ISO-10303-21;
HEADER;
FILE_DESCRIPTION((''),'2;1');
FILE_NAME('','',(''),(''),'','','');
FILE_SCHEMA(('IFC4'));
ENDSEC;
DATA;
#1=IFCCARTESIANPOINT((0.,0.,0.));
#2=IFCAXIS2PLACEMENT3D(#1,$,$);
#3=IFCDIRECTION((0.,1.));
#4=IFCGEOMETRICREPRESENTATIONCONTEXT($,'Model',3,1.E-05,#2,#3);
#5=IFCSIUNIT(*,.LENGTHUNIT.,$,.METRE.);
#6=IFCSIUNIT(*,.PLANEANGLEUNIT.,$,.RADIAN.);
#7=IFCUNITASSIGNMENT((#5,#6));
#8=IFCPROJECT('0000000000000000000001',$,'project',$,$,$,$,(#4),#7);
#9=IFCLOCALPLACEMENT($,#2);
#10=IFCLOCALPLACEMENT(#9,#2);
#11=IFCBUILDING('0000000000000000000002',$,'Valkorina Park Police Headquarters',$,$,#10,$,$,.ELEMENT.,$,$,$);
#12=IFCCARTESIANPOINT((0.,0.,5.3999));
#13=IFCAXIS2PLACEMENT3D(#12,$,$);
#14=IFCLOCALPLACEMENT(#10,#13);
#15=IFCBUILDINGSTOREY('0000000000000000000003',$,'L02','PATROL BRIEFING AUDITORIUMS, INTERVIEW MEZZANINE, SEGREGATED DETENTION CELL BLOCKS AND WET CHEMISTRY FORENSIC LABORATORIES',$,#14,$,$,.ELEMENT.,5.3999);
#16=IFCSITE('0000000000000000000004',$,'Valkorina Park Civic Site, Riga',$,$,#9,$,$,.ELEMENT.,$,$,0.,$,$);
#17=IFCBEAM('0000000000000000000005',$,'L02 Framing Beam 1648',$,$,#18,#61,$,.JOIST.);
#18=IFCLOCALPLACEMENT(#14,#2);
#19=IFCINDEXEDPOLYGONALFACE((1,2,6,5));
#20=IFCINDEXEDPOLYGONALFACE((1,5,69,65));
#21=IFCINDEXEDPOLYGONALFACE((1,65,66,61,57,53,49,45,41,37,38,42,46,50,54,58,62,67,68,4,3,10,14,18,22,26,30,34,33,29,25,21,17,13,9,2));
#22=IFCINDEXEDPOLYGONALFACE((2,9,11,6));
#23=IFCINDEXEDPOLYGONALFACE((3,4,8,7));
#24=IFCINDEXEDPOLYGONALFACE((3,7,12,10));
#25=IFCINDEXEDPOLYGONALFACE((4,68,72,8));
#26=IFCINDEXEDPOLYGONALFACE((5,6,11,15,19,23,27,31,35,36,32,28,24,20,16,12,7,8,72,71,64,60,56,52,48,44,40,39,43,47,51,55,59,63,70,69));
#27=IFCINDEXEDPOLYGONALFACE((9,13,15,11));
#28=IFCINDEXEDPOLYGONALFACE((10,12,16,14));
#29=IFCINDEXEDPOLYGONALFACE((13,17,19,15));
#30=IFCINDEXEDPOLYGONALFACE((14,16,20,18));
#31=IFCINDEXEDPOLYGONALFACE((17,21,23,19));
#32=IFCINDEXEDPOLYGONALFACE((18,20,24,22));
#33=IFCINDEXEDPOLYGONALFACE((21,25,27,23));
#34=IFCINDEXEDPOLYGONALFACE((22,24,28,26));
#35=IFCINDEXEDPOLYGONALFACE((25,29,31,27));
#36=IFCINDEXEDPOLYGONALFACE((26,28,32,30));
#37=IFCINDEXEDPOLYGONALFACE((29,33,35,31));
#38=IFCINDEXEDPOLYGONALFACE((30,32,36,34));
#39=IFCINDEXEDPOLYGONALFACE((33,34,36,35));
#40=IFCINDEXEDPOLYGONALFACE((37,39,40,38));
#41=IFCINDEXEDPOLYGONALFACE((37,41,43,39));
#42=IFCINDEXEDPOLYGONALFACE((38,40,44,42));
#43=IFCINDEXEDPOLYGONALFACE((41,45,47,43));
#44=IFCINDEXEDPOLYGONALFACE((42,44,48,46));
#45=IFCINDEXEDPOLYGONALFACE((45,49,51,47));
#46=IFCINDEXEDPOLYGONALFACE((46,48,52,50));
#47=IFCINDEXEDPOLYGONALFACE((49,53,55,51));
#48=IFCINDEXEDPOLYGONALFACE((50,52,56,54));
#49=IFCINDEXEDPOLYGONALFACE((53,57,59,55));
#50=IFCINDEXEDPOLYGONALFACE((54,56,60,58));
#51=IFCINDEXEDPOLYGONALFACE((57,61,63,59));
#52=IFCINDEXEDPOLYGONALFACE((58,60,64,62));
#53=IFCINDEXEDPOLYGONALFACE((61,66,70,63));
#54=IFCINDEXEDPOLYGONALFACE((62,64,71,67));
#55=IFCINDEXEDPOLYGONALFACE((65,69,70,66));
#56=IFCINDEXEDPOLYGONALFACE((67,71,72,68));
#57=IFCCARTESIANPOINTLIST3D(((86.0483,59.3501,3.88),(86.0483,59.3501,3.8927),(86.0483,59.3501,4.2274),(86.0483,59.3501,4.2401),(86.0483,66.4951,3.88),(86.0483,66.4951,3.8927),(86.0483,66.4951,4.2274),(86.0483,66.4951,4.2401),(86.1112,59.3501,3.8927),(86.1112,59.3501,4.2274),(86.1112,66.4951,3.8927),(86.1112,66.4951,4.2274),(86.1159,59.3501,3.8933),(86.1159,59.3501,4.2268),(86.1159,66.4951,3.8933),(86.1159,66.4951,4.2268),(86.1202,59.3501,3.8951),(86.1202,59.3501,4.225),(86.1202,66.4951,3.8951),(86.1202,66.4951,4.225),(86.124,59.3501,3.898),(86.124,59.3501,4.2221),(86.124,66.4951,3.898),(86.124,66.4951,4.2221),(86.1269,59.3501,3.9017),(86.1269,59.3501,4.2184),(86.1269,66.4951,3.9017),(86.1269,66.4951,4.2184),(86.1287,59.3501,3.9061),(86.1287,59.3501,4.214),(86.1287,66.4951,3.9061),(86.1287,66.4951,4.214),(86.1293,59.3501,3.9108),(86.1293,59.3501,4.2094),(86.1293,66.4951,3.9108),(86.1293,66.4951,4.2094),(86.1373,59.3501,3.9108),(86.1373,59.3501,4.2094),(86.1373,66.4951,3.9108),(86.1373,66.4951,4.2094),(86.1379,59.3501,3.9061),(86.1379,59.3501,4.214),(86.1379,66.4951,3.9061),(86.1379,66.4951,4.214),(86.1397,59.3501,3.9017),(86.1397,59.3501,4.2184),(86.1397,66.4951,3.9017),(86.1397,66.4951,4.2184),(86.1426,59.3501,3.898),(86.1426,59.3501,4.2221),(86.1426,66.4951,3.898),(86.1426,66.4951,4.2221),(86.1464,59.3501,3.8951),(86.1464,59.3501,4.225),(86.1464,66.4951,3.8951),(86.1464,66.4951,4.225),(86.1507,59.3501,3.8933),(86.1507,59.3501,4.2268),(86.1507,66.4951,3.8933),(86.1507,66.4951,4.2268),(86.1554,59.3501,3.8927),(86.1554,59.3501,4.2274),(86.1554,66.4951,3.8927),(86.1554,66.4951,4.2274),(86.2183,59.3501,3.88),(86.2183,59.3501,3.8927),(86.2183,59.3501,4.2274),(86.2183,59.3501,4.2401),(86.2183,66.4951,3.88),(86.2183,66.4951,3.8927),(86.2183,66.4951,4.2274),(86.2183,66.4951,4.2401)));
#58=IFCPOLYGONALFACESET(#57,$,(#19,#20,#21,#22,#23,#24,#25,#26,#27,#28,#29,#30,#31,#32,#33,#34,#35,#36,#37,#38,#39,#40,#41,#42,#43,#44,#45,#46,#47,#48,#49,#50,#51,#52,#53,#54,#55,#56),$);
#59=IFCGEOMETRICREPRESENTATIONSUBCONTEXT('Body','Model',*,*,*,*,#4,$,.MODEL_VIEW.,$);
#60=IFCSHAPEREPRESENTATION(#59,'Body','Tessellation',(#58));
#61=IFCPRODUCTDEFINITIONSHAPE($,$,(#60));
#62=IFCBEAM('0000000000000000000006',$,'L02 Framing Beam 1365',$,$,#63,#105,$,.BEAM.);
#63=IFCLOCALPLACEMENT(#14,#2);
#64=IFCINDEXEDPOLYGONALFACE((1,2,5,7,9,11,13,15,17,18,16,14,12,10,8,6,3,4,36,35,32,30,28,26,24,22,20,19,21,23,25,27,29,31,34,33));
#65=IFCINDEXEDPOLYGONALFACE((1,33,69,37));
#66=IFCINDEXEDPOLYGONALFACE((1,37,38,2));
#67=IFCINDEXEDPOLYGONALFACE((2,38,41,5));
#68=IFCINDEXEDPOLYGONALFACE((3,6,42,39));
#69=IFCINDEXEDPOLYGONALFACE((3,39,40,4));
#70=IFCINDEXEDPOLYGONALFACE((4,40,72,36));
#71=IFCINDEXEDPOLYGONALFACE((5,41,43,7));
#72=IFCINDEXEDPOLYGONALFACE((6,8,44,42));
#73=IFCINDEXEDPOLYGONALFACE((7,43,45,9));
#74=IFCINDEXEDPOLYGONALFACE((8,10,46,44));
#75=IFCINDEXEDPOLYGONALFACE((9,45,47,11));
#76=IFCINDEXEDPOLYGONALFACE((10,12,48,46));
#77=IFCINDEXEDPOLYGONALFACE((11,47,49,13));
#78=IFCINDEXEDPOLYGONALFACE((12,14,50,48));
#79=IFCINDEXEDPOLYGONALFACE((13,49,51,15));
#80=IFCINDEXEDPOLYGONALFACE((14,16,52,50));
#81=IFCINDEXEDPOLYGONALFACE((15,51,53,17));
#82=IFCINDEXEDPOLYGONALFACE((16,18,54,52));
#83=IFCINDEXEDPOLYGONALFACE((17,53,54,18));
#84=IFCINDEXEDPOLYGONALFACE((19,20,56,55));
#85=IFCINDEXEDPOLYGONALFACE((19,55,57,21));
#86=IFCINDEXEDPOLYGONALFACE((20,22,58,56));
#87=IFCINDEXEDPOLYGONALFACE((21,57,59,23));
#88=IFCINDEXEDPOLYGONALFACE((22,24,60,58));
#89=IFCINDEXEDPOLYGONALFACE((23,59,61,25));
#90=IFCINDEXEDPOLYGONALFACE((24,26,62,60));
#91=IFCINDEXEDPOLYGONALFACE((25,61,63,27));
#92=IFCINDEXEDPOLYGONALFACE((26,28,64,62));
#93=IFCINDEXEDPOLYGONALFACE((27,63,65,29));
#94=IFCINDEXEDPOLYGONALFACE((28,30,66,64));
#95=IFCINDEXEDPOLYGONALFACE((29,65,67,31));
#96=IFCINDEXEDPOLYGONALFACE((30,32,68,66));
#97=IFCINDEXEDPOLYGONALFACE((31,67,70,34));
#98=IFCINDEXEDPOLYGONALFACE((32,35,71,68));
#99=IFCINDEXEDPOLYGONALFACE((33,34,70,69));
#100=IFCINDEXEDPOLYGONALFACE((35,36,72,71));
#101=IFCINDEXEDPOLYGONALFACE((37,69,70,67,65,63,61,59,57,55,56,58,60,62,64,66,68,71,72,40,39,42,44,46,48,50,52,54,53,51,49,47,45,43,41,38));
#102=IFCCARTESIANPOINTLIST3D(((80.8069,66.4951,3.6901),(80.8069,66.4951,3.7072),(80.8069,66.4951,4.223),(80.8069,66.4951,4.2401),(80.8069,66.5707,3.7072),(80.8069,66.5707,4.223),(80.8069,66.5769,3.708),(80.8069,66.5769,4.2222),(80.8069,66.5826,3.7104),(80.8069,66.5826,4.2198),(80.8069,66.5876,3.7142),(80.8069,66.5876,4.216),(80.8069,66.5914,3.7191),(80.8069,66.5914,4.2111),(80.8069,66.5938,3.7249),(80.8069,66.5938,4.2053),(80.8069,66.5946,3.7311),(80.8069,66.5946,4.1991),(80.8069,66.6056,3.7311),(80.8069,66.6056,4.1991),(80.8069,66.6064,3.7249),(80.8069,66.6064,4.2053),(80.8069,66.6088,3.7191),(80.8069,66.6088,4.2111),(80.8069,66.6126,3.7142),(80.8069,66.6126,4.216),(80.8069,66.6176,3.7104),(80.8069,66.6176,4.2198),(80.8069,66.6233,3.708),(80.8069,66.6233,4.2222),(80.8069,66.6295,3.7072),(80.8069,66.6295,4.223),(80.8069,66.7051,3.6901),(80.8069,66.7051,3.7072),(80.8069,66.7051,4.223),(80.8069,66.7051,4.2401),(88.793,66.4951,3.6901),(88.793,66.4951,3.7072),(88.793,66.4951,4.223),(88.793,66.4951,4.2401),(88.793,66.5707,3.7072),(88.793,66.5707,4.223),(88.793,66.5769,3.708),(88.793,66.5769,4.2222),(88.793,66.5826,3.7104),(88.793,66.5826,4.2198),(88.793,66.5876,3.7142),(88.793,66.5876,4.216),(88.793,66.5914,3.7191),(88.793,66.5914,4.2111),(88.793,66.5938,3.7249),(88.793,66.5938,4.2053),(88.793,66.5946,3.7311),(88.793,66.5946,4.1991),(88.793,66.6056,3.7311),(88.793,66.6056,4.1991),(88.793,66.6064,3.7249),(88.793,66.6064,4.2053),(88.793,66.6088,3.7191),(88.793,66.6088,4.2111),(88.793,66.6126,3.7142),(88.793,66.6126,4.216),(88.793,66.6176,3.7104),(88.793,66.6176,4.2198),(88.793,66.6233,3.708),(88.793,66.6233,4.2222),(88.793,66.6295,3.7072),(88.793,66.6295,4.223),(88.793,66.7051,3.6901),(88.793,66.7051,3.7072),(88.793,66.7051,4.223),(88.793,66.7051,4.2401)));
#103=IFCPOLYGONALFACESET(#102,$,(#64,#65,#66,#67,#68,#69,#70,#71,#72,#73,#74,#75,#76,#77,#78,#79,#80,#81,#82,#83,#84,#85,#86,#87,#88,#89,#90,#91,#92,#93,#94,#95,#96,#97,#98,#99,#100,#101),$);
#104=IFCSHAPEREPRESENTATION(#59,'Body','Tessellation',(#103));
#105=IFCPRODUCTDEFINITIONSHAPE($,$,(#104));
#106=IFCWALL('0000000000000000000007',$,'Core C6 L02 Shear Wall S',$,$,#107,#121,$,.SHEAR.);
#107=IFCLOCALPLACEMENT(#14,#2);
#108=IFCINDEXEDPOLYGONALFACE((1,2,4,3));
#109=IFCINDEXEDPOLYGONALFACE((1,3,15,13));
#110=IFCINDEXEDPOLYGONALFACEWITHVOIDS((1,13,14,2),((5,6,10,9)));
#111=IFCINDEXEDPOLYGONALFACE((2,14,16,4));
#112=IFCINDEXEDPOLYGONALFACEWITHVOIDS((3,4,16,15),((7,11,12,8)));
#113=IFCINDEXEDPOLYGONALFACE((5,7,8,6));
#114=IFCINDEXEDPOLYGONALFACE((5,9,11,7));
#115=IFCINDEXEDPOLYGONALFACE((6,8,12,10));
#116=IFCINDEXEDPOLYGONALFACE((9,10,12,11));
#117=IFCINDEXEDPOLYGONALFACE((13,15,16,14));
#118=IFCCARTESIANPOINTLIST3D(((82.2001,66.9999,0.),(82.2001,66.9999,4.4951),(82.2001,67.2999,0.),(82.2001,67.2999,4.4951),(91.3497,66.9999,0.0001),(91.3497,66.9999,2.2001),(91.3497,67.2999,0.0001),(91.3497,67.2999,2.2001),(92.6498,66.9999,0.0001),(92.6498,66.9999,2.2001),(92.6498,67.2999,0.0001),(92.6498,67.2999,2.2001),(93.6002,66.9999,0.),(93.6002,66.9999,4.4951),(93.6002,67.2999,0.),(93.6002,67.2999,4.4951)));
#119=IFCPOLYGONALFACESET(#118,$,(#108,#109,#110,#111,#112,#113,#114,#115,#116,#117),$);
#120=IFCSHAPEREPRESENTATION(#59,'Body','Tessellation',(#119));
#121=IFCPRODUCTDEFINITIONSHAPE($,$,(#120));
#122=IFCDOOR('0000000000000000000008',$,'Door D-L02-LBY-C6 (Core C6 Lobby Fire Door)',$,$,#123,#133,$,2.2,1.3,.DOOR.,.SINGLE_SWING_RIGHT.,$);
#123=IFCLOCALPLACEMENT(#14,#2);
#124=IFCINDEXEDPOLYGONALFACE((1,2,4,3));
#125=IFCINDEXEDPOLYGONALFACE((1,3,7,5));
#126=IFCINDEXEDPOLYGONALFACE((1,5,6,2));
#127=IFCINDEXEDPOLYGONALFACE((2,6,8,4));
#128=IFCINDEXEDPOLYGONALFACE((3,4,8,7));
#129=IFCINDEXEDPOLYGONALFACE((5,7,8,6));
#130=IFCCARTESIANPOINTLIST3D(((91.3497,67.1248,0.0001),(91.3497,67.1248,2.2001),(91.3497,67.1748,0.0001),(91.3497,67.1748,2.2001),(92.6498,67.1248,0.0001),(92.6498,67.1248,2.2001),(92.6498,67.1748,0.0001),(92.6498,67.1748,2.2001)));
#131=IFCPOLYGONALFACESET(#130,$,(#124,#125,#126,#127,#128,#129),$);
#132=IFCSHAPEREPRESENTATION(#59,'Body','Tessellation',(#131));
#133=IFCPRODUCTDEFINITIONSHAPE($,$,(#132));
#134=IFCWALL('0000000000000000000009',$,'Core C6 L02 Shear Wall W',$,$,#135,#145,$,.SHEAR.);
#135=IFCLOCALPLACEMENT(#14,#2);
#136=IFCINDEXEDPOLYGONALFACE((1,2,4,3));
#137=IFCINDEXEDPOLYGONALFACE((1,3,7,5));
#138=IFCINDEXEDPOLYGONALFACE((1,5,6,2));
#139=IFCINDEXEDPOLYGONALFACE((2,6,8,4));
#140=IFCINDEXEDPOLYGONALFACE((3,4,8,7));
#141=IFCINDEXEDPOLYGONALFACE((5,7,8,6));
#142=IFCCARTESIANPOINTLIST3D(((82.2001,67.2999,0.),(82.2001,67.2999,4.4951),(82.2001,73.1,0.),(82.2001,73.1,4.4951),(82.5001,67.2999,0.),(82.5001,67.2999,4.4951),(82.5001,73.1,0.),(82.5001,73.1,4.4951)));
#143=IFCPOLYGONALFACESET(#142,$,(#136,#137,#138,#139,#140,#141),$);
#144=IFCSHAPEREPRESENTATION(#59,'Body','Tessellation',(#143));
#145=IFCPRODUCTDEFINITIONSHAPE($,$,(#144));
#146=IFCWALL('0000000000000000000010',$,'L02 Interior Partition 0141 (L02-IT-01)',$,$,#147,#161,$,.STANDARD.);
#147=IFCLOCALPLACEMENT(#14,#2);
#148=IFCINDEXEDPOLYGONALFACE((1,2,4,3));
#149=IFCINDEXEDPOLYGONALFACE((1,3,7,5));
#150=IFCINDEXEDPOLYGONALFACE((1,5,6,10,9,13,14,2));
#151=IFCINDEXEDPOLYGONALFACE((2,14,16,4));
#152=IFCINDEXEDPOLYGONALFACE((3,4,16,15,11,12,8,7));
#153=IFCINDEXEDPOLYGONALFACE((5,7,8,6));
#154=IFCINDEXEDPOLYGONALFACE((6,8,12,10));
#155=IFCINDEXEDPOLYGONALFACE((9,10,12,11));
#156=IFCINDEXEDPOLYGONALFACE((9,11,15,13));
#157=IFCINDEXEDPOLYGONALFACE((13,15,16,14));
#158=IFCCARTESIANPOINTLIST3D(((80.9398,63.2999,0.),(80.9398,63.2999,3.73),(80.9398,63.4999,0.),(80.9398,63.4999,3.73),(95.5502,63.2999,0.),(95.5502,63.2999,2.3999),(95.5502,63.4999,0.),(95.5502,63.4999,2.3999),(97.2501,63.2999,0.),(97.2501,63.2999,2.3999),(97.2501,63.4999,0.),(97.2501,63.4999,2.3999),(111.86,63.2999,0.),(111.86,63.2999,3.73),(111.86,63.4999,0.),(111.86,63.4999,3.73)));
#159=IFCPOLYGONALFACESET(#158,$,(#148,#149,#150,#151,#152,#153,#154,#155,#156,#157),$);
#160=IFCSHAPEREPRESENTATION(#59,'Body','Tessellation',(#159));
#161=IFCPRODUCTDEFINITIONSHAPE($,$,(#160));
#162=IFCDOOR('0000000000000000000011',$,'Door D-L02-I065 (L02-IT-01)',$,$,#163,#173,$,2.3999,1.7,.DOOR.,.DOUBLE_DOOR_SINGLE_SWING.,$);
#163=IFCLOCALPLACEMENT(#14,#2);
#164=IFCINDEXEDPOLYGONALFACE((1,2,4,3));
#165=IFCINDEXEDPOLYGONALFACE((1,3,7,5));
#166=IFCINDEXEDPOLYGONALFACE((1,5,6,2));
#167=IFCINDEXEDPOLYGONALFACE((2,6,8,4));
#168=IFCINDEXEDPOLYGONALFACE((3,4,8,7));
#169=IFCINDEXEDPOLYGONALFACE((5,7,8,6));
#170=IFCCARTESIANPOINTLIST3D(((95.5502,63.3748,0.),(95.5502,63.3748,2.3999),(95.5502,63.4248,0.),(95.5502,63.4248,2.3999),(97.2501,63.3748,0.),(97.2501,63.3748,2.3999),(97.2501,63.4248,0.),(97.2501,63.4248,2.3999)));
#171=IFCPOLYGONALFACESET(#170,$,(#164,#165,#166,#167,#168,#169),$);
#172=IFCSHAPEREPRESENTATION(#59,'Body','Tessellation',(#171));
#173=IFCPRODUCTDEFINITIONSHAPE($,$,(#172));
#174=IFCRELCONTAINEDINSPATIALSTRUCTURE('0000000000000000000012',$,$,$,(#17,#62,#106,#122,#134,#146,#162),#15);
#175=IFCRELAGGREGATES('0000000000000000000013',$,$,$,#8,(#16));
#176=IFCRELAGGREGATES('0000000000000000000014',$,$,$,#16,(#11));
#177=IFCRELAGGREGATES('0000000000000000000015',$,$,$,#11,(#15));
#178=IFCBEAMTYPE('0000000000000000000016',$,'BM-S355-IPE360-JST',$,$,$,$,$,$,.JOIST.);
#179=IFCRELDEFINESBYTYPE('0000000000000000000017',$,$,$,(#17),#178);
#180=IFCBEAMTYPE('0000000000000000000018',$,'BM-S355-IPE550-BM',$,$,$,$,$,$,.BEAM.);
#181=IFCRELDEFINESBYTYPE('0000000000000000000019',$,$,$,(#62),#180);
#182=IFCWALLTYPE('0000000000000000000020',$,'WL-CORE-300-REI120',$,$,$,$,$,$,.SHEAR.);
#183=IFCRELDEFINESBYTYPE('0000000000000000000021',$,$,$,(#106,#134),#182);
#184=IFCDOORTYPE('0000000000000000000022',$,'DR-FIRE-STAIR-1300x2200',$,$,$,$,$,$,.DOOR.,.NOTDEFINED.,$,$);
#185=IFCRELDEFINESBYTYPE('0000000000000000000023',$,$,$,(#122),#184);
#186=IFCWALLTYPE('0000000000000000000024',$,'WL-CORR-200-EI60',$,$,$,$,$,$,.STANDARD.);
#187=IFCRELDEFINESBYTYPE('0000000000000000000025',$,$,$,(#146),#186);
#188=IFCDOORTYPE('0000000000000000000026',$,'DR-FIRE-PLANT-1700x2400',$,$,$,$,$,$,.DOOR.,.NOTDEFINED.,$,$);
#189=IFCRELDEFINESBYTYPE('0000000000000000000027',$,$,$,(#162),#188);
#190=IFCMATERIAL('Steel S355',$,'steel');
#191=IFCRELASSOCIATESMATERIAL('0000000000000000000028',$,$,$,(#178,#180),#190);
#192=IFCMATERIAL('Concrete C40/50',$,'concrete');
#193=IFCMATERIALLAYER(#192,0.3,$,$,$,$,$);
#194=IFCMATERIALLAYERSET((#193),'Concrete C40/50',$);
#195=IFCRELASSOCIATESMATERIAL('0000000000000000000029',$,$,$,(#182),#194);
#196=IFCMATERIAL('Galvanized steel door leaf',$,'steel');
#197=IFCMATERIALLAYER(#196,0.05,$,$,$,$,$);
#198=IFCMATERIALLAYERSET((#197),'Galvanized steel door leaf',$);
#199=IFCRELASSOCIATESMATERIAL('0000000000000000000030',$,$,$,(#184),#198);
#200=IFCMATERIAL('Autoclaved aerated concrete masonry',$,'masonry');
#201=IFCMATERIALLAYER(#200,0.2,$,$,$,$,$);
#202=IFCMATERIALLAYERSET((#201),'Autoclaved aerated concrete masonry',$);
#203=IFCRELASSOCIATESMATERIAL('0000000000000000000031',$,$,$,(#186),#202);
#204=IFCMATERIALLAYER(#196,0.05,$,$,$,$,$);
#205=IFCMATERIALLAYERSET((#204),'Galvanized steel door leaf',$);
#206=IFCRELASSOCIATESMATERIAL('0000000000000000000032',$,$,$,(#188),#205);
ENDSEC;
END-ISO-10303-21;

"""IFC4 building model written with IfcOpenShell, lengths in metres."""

from ifc_helpers import new_model, si_unit, direction, frame, frame_2d, origin, origin_2d, place, context, subcontext, project, spatial, rectangle, i_section, extrude, material, layer, layer_set, material_profile, profile_set, type_object, element, fill, save


model = new_model("IFC4")

# Units and contexts
model_context = context("Model", 3, precision=1e-05, world=origin(), true_north=direction((0.0, 1.0)))
body_context = subcontext(model_context, "Body", "Model", "MODEL_VIEW")
ifc_project = project(units=[si_unit("LENGTHUNIT", "METRE"), si_unit("PLANEANGLEUNIT", "RADIAN")], contexts=[model_context])

# Site, building, storey
site_placement = place(None, origin())
site = spatial("IfcSite", under=ifc_project, at=site_placement, Name="Valkorina Park Civic Site, Riga", CompositionType="ELEMENT", RefElevation=0.0)
building_placement = place(site_placement, origin())
building = spatial("IfcBuilding", under=site, at=building_placement, Name="Valkorina Park Police Headquarters", CompositionType="ELEMENT")
storey_placement = place(building_placement, frame((0.0, 0.0, 5.3999)))
storey = spatial("IfcBuildingStorey", under=building, at=storey_placement, Name="L02", Description="PATROL BRIEFING AUDITORIUMS, INTERVIEW MEZZANINE, SEGREGATED DETENTION CELL BLOCKS AND WET CHEMISTRY FORENSIC LABORATORIES", CompositionType="ELEMENT", Elevation=5.3999)

# Shared definitions
ifc_material_1 = material(Name="Steel S355", Category="steel")

# Beams
ifc_material_profile_1 = material_profile(ifc_material_1, i_section(OverallWidth=0.1699, OverallDepth=0.3601, WebThickness=0.0081, FlangeThickness=0.0127, FilletRadius=0.0181, at=origin_2d()), Name="IPE 360")
ifc_profile_set_1 = profile_set([ifc_material_profile_1], Name="Steel S355")
beam_type_1 = type_object("IfcBeamType", Name="BM-S355-IPE360-JST", PredefinedType="JOIST", material=ifc_profile_set_1)
for number, where, z_axis, x_axis, name in (
    (1, (86.1333, 59.3501, 4.0601), (0.0, 1.0, 0.0), (-1.0, 0.0, 0.0), "L02 Framing Beam 1648"),
):
    element("IfcBeam", number, at=place(storey_placement, frame(where, z_axis=z_axis, x_axis=x_axis)), inside=storey, type_object=beam_type_1, Name=name, PredefinedType="JOIST", context=body_context, shape_type="SweptSolid", body=[
        extrude(i_section(OverallWidth=0.1699, OverallDepth=0.3601, WebThickness=0.0081, FlangeThickness=0.0127, FilletRadius=0.0181, at=origin_2d()), origin(), (0.0, 0.0, 1.0), 7.145),
    ])
ifc_material_profile_2 = material_profile(ifc_material_1, i_section(OverallWidth=0.21, OverallDepth=0.55, WebThickness=0.011, FlangeThickness=0.0171, FilletRadius=0.0239, at=origin_2d()), Name="IPE 550")
ifc_profile_set_2 = profile_set([ifc_material_profile_2], Name="Steel S355")
beam_type_2 = type_object("IfcBeamType", Name="BM-S355-IPE550-BM", PredefinedType="BEAM", material=ifc_profile_set_2)
beam_1_placement = place(storey_placement, frame((80.8069, 66.6001, 3.9651), z_axis=(1.0, 0.0, 0.0), x_axis=(0.0, 1.0, 0.0)))
element("IfcBeam", 2, at=beam_1_placement, inside=storey, type_object=beam_type_2, Name="L02 Framing Beam 1365", PredefinedType="BEAM", context=body_context, shape_type="SweptSolid", body=[
    extrude(i_section(OverallWidth=0.21, OverallDepth=0.55, WebThickness=0.011, FlangeThickness=0.0171, FilletRadius=0.0239, at=origin_2d()), origin(), (0.0, 0.0, 1.0), 7.9861),
])

# Wall, opening, door
ifc_material_2 = material(Name="Concrete C40/50", Category="concrete")
ifc_layer_1 = layer(ifc_material_2, 0.3)
ifc_layer_set_1 = layer_set([ifc_layer_1], Name="Concrete C40/50")
wall_type_1 = type_object("IfcWallType", Name="WL-CORE-300-REI120", PredefinedType="SHEAR", material=ifc_layer_set_1)
wall_1_placement = place(storey_placement, frame((82.2, 67.1499, 0.0), z_axis=(0.0, 0.0, 1.0), x_axis=(1.0, 0.0, 0.0)))
wall_1 = element("IfcWall", 3, at=wall_1_placement, inside=storey, type_object=wall_type_1, Name="Core C6 L02 Shear Wall S", PredefinedType="SHEAR", context=body_context, shape_type="SweptSolid", body=[
    extrude(rectangle(XDim=11.4001, YDim=0.3, at=frame_2d((5.7002, 0.0))), origin(), (0.0, 0.0, 1.0), 4.4951),
])
opening_1_placement = place(wall_1_placement, frame((9.1499, 0.0, 0.0)))
opening_1 = element("IfcOpeningElement", 4, at=opening_1_placement, cuts=wall_1, PredefinedType="OPENING", context=body_context, shape_type="SweptSolid", body=[
    extrude(rectangle(XDim=1.3, YDim=2.2, at=frame_2d((0.6499, 1.1001))), frame((0.0, 0.1602, 0.0), z_axis=(0.0, -1.0, 0.0), x_axis=(1.0, 0.0, 0.0)), (0.0, 0.0, 1.0), 0.3201),
])
ifc_material_3 = material(Name="Galvanized steel door leaf", Category="steel")
ifc_layer_2 = layer(ifc_material_3, 0.05)
ifc_layer_set_2 = layer_set([ifc_layer_2], Name="Galvanized steel door leaf")
door_type_1 = type_object("IfcDoorType", Name="DR-FIRE-STAIR-1300x2200", OperationType="NOTDEFINED", PredefinedType="DOOR", material=ifc_layer_set_2)
door_1_placement = place(opening_1_placement, origin())
door_1 = element("IfcDoor", 5, at=door_1_placement, inside=storey, type_object=door_type_1, Name="Door D-L02-LBY-C6 (Core C6 Lobby Fire Door)", OperationType="SINGLE_SWING_RIGHT", OverallHeight=2.2, OverallWidth=1.3, PredefinedType="DOOR", context=body_context, shape_type="SweptSolid", body=[
    extrude(rectangle(XDim=1.3, YDim=2.2, at=frame_2d((0.6499, 1.1001))), frame((0.0, 0.0249, 0.0), z_axis=(0.0, -1.0, 0.0), x_axis=(1.0, 0.0, 0.0)), (0.0, 0.0, 1.0), 0.05),
])
fill(opening_1, door_1)

# Wall
wall_2_placement = place(storey_placement, frame((82.3501, 67.3, 0.0), z_axis=(0.0, 0.0, 1.0), x_axis=(0.0, 1.0, 0.0)))
element("IfcWall", 6, at=wall_2_placement, inside=storey, type_object=wall_type_1, Name="Core C6 L02 Shear Wall W", PredefinedType="SHEAR", context=body_context, shape_type="SweptSolid", body=[
    extrude(rectangle(XDim=5.8, YDim=0.3, at=frame_2d((2.8999, 0.0))), origin(), (0.0, 0.0, 1.0), 4.4951),
])

# Wall, opening, door
ifc_material_4 = material(Name="Autoclaved aerated concrete masonry", Category="masonry")
ifc_layer_3 = layer(ifc_material_4, 0.2)
ifc_layer_set_3 = layer_set([ifc_layer_3], Name="Autoclaved aerated concrete masonry")
wall_type_2 = type_object("IfcWallType", Name="WL-CORR-200-EI60", PredefinedType="STANDARD", material=ifc_layer_set_3)
wall_3_placement = place(storey_placement, frame((80.9399, 63.3999, 0.0), z_axis=(0.0, 0.0, 1.0), x_axis=(1.0, 0.0, 0.0)))
wall_3 = element("IfcWall", 7, at=wall_3_placement, inside=storey, type_object=wall_type_2, Name="L02 Interior Partition 0141 (L02-IT-01)", PredefinedType="STANDARD", context=body_context, shape_type="SweptSolid", body=[
    extrude(rectangle(XDim=30.9202, YDim=0.2, at=frame_2d((15.46, 0.0))), origin(), (0.0, 0.0, 1.0), 3.73),
])
opening_2_placement = place(wall_3_placement, frame((14.6101, 0.0, 0.0)))
opening_2 = element("IfcOpeningElement", 8, at=opening_2_placement, cuts=wall_3, PredefinedType="OPENING", context=body_context, shape_type="SweptSolid", body=[
    extrude(rectangle(XDim=1.7, YDim=2.3999, at=frame_2d((0.8501, 1.2))), frame((0.0, 0.1099, 0.0), z_axis=(0.0, -1.0, 0.0), x_axis=(1.0, 0.0, 0.0)), (0.0, 0.0, 1.0), 0.22),
])
ifc_layer_4 = layer(ifc_material_3, 0.05)
ifc_layer_set_4 = layer_set([ifc_layer_4], Name="Galvanized steel door leaf")
door_type_2 = type_object("IfcDoorType", Name="DR-FIRE-PLANT-1700x2400", OperationType="NOTDEFINED", PredefinedType="DOOR", material=ifc_layer_set_4)
door_2_placement = place(opening_2_placement, origin())
door_2 = element("IfcDoor", 9, at=door_2_placement, inside=storey, type_object=door_type_2, Name="Door D-L02-I065 (L02-IT-01)", OperationType="DOUBLE_DOOR_SINGLE_SWING", OverallHeight=2.3999, OverallWidth=1.7, PredefinedType="DOOR", context=body_context, shape_type="SweptSolid", body=[
    extrude(rectangle(XDim=1.7, YDim=2.3999, at=frame_2d((0.8501, 1.2))), frame((0.0, 0.0249, 0.0), z_axis=(0.0, -1.0, 0.0), x_axis=(1.0, 0.0, 0.0)), (0.0, 0.0, 1.0), 0.05),
])
fill(opening_2, door_2)

save(model, "model.ifc")
